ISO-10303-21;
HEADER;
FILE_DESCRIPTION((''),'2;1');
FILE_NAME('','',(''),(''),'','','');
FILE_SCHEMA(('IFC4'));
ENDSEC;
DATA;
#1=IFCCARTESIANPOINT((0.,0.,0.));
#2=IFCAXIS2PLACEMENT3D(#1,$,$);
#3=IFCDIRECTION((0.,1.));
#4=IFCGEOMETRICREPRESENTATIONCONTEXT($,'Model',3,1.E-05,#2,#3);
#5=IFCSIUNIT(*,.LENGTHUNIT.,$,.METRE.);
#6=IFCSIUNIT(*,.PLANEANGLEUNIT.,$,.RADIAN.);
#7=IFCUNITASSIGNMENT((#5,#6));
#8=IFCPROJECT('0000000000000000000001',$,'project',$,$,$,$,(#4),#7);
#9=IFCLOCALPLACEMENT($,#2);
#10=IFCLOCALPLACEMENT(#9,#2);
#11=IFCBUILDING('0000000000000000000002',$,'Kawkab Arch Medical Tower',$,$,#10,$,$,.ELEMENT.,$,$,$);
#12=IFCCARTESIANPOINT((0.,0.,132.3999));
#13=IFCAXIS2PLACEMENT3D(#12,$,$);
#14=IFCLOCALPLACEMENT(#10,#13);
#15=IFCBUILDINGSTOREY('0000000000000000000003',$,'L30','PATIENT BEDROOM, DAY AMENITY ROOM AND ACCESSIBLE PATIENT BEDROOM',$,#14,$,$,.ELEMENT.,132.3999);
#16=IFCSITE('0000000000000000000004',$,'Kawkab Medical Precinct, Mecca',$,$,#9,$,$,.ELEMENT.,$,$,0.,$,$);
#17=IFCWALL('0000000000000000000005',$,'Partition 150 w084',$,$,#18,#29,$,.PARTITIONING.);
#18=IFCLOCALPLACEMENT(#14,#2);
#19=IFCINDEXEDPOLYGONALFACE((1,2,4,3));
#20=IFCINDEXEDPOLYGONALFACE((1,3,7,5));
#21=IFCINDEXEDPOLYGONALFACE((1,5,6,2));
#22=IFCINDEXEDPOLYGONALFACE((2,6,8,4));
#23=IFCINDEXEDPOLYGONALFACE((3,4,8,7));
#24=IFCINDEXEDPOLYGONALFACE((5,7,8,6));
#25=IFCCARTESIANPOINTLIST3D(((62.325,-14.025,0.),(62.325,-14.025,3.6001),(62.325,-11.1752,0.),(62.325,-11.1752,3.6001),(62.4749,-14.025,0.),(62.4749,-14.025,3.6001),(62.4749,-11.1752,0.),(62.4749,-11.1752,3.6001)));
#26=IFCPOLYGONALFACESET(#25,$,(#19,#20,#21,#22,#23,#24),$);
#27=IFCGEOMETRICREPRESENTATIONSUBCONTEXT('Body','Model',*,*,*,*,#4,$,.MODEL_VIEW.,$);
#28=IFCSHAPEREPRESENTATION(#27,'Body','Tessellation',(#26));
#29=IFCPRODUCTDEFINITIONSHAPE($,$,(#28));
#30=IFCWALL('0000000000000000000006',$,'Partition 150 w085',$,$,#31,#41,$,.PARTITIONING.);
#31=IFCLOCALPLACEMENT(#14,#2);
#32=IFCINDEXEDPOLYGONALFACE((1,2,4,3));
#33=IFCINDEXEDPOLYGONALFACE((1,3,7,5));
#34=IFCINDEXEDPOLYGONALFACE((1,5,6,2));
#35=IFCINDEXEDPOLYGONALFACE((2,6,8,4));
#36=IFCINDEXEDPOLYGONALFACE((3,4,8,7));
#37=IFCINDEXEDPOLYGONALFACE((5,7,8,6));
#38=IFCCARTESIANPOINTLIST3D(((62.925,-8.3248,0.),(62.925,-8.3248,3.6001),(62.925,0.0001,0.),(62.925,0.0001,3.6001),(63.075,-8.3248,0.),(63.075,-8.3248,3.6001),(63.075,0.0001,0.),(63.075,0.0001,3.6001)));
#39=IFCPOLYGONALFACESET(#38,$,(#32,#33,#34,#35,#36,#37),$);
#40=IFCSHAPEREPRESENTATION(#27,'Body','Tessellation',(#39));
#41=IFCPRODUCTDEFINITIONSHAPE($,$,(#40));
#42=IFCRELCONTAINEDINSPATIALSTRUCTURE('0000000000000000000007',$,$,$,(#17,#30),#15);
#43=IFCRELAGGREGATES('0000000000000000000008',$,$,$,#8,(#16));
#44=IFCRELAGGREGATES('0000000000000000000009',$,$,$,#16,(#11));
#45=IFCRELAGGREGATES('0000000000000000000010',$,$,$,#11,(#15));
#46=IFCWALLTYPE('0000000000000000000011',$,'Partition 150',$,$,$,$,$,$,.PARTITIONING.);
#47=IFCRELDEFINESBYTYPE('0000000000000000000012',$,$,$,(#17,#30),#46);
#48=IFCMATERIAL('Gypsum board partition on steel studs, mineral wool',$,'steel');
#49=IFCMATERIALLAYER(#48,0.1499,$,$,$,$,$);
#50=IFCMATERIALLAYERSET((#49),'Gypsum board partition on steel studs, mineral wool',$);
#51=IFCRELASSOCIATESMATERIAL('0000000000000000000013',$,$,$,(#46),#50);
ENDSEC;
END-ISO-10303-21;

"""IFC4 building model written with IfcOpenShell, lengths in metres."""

from ifc_helpers import new_model, si_unit, direction, frame, frame_2d, origin, place, context, subcontext, project, spatial, rectangle, extrude, material, layer, layer_set, type_object, element, save


model = new_model("IFC4")

# Units and contexts
model_context = context("Model", 3, precision=1e-05, world=origin(), true_north=direction((0.0, 1.0)))
body_context = subcontext(model_context, "Body", "Model", "MODEL_VIEW")
ifc_project = project(units=[si_unit("LENGTHUNIT", "METRE"), si_unit("PLANEANGLEUNIT", "RADIAN")], contexts=[model_context])

# Site, building, storey
site_placement = place(None, origin())
site = spatial("IfcSite", under=ifc_project, at=site_placement, Name="Kawkab Medical Precinct, Mecca", CompositionType="ELEMENT", RefElevation=0.0)
building_placement = place(site_placement, origin())
building = spatial("IfcBuilding", under=site, at=building_placement, Name="Kawkab Arch Medical Tower", CompositionType="ELEMENT")
storey_placement = place(building_placement, frame((0.0, 0.0, 132.3999)))
storey = spatial("IfcBuildingStorey", under=building, at=storey_placement, Name="L30", Description="PATIENT BEDROOM, DAY AMENITY ROOM AND ACCESSIBLE PATIENT BEDROOM", CompositionType="ELEMENT", Elevation=132.3999)

# Shared definitions
ifc_material_1 = material(Name="Gypsum board partition on steel studs, mineral wool", Category="steel")
ifc_layer_1 = layer(ifc_material_1, 0.1499)
ifc_layer_set_1 = layer_set([ifc_layer_1], Name="Gypsum board partition on steel studs, mineral wool")
wall_type_1 = type_object("IfcWallType", Name="Partition 150", PredefinedType="PARTITIONING", material=ifc_layer_set_1)

# Walls
wall_1_placement = place(storey_placement, frame((62.3999, -14.0249, 0.0), z_axis=(0.0, 0.0, 1.0), x_axis=(0.0, 1.0, 0.0)))
element("IfcWall", 1, at=wall_1_placement, inside=storey, type_object=wall_type_1, Name="Partition 150 w084", PredefinedType="PARTITIONING", context=body_context, shape_type="SweptSolid", body=[
    extrude(rectangle(XDim=2.8499, YDim=0.1499, at=frame_2d((1.4248, 0.0))), origin(), (0.0, 0.0, 1.0), 3.6001),
])
wall_2_placement = place(storey_placement, frame((63.0, -8.325, 0.0), z_axis=(0.0, 0.0, 1.0), x_axis=(0.0, 1.0, 0.0)))
element("IfcWall", 2, at=wall_2_placement, inside=storey, type_object=wall_type_1, Name="Partition 150 w085", PredefinedType="PARTITIONING", context=body_context, shape_type="SweptSolid", body=[
    extrude(rectangle(XDim=8.325, YDim=0.1499, at=frame_2d((4.1626, 0.0))), origin(), (0.0, 0.0, 1.0), 3.6001),
])

save(model, "model.ifc")
